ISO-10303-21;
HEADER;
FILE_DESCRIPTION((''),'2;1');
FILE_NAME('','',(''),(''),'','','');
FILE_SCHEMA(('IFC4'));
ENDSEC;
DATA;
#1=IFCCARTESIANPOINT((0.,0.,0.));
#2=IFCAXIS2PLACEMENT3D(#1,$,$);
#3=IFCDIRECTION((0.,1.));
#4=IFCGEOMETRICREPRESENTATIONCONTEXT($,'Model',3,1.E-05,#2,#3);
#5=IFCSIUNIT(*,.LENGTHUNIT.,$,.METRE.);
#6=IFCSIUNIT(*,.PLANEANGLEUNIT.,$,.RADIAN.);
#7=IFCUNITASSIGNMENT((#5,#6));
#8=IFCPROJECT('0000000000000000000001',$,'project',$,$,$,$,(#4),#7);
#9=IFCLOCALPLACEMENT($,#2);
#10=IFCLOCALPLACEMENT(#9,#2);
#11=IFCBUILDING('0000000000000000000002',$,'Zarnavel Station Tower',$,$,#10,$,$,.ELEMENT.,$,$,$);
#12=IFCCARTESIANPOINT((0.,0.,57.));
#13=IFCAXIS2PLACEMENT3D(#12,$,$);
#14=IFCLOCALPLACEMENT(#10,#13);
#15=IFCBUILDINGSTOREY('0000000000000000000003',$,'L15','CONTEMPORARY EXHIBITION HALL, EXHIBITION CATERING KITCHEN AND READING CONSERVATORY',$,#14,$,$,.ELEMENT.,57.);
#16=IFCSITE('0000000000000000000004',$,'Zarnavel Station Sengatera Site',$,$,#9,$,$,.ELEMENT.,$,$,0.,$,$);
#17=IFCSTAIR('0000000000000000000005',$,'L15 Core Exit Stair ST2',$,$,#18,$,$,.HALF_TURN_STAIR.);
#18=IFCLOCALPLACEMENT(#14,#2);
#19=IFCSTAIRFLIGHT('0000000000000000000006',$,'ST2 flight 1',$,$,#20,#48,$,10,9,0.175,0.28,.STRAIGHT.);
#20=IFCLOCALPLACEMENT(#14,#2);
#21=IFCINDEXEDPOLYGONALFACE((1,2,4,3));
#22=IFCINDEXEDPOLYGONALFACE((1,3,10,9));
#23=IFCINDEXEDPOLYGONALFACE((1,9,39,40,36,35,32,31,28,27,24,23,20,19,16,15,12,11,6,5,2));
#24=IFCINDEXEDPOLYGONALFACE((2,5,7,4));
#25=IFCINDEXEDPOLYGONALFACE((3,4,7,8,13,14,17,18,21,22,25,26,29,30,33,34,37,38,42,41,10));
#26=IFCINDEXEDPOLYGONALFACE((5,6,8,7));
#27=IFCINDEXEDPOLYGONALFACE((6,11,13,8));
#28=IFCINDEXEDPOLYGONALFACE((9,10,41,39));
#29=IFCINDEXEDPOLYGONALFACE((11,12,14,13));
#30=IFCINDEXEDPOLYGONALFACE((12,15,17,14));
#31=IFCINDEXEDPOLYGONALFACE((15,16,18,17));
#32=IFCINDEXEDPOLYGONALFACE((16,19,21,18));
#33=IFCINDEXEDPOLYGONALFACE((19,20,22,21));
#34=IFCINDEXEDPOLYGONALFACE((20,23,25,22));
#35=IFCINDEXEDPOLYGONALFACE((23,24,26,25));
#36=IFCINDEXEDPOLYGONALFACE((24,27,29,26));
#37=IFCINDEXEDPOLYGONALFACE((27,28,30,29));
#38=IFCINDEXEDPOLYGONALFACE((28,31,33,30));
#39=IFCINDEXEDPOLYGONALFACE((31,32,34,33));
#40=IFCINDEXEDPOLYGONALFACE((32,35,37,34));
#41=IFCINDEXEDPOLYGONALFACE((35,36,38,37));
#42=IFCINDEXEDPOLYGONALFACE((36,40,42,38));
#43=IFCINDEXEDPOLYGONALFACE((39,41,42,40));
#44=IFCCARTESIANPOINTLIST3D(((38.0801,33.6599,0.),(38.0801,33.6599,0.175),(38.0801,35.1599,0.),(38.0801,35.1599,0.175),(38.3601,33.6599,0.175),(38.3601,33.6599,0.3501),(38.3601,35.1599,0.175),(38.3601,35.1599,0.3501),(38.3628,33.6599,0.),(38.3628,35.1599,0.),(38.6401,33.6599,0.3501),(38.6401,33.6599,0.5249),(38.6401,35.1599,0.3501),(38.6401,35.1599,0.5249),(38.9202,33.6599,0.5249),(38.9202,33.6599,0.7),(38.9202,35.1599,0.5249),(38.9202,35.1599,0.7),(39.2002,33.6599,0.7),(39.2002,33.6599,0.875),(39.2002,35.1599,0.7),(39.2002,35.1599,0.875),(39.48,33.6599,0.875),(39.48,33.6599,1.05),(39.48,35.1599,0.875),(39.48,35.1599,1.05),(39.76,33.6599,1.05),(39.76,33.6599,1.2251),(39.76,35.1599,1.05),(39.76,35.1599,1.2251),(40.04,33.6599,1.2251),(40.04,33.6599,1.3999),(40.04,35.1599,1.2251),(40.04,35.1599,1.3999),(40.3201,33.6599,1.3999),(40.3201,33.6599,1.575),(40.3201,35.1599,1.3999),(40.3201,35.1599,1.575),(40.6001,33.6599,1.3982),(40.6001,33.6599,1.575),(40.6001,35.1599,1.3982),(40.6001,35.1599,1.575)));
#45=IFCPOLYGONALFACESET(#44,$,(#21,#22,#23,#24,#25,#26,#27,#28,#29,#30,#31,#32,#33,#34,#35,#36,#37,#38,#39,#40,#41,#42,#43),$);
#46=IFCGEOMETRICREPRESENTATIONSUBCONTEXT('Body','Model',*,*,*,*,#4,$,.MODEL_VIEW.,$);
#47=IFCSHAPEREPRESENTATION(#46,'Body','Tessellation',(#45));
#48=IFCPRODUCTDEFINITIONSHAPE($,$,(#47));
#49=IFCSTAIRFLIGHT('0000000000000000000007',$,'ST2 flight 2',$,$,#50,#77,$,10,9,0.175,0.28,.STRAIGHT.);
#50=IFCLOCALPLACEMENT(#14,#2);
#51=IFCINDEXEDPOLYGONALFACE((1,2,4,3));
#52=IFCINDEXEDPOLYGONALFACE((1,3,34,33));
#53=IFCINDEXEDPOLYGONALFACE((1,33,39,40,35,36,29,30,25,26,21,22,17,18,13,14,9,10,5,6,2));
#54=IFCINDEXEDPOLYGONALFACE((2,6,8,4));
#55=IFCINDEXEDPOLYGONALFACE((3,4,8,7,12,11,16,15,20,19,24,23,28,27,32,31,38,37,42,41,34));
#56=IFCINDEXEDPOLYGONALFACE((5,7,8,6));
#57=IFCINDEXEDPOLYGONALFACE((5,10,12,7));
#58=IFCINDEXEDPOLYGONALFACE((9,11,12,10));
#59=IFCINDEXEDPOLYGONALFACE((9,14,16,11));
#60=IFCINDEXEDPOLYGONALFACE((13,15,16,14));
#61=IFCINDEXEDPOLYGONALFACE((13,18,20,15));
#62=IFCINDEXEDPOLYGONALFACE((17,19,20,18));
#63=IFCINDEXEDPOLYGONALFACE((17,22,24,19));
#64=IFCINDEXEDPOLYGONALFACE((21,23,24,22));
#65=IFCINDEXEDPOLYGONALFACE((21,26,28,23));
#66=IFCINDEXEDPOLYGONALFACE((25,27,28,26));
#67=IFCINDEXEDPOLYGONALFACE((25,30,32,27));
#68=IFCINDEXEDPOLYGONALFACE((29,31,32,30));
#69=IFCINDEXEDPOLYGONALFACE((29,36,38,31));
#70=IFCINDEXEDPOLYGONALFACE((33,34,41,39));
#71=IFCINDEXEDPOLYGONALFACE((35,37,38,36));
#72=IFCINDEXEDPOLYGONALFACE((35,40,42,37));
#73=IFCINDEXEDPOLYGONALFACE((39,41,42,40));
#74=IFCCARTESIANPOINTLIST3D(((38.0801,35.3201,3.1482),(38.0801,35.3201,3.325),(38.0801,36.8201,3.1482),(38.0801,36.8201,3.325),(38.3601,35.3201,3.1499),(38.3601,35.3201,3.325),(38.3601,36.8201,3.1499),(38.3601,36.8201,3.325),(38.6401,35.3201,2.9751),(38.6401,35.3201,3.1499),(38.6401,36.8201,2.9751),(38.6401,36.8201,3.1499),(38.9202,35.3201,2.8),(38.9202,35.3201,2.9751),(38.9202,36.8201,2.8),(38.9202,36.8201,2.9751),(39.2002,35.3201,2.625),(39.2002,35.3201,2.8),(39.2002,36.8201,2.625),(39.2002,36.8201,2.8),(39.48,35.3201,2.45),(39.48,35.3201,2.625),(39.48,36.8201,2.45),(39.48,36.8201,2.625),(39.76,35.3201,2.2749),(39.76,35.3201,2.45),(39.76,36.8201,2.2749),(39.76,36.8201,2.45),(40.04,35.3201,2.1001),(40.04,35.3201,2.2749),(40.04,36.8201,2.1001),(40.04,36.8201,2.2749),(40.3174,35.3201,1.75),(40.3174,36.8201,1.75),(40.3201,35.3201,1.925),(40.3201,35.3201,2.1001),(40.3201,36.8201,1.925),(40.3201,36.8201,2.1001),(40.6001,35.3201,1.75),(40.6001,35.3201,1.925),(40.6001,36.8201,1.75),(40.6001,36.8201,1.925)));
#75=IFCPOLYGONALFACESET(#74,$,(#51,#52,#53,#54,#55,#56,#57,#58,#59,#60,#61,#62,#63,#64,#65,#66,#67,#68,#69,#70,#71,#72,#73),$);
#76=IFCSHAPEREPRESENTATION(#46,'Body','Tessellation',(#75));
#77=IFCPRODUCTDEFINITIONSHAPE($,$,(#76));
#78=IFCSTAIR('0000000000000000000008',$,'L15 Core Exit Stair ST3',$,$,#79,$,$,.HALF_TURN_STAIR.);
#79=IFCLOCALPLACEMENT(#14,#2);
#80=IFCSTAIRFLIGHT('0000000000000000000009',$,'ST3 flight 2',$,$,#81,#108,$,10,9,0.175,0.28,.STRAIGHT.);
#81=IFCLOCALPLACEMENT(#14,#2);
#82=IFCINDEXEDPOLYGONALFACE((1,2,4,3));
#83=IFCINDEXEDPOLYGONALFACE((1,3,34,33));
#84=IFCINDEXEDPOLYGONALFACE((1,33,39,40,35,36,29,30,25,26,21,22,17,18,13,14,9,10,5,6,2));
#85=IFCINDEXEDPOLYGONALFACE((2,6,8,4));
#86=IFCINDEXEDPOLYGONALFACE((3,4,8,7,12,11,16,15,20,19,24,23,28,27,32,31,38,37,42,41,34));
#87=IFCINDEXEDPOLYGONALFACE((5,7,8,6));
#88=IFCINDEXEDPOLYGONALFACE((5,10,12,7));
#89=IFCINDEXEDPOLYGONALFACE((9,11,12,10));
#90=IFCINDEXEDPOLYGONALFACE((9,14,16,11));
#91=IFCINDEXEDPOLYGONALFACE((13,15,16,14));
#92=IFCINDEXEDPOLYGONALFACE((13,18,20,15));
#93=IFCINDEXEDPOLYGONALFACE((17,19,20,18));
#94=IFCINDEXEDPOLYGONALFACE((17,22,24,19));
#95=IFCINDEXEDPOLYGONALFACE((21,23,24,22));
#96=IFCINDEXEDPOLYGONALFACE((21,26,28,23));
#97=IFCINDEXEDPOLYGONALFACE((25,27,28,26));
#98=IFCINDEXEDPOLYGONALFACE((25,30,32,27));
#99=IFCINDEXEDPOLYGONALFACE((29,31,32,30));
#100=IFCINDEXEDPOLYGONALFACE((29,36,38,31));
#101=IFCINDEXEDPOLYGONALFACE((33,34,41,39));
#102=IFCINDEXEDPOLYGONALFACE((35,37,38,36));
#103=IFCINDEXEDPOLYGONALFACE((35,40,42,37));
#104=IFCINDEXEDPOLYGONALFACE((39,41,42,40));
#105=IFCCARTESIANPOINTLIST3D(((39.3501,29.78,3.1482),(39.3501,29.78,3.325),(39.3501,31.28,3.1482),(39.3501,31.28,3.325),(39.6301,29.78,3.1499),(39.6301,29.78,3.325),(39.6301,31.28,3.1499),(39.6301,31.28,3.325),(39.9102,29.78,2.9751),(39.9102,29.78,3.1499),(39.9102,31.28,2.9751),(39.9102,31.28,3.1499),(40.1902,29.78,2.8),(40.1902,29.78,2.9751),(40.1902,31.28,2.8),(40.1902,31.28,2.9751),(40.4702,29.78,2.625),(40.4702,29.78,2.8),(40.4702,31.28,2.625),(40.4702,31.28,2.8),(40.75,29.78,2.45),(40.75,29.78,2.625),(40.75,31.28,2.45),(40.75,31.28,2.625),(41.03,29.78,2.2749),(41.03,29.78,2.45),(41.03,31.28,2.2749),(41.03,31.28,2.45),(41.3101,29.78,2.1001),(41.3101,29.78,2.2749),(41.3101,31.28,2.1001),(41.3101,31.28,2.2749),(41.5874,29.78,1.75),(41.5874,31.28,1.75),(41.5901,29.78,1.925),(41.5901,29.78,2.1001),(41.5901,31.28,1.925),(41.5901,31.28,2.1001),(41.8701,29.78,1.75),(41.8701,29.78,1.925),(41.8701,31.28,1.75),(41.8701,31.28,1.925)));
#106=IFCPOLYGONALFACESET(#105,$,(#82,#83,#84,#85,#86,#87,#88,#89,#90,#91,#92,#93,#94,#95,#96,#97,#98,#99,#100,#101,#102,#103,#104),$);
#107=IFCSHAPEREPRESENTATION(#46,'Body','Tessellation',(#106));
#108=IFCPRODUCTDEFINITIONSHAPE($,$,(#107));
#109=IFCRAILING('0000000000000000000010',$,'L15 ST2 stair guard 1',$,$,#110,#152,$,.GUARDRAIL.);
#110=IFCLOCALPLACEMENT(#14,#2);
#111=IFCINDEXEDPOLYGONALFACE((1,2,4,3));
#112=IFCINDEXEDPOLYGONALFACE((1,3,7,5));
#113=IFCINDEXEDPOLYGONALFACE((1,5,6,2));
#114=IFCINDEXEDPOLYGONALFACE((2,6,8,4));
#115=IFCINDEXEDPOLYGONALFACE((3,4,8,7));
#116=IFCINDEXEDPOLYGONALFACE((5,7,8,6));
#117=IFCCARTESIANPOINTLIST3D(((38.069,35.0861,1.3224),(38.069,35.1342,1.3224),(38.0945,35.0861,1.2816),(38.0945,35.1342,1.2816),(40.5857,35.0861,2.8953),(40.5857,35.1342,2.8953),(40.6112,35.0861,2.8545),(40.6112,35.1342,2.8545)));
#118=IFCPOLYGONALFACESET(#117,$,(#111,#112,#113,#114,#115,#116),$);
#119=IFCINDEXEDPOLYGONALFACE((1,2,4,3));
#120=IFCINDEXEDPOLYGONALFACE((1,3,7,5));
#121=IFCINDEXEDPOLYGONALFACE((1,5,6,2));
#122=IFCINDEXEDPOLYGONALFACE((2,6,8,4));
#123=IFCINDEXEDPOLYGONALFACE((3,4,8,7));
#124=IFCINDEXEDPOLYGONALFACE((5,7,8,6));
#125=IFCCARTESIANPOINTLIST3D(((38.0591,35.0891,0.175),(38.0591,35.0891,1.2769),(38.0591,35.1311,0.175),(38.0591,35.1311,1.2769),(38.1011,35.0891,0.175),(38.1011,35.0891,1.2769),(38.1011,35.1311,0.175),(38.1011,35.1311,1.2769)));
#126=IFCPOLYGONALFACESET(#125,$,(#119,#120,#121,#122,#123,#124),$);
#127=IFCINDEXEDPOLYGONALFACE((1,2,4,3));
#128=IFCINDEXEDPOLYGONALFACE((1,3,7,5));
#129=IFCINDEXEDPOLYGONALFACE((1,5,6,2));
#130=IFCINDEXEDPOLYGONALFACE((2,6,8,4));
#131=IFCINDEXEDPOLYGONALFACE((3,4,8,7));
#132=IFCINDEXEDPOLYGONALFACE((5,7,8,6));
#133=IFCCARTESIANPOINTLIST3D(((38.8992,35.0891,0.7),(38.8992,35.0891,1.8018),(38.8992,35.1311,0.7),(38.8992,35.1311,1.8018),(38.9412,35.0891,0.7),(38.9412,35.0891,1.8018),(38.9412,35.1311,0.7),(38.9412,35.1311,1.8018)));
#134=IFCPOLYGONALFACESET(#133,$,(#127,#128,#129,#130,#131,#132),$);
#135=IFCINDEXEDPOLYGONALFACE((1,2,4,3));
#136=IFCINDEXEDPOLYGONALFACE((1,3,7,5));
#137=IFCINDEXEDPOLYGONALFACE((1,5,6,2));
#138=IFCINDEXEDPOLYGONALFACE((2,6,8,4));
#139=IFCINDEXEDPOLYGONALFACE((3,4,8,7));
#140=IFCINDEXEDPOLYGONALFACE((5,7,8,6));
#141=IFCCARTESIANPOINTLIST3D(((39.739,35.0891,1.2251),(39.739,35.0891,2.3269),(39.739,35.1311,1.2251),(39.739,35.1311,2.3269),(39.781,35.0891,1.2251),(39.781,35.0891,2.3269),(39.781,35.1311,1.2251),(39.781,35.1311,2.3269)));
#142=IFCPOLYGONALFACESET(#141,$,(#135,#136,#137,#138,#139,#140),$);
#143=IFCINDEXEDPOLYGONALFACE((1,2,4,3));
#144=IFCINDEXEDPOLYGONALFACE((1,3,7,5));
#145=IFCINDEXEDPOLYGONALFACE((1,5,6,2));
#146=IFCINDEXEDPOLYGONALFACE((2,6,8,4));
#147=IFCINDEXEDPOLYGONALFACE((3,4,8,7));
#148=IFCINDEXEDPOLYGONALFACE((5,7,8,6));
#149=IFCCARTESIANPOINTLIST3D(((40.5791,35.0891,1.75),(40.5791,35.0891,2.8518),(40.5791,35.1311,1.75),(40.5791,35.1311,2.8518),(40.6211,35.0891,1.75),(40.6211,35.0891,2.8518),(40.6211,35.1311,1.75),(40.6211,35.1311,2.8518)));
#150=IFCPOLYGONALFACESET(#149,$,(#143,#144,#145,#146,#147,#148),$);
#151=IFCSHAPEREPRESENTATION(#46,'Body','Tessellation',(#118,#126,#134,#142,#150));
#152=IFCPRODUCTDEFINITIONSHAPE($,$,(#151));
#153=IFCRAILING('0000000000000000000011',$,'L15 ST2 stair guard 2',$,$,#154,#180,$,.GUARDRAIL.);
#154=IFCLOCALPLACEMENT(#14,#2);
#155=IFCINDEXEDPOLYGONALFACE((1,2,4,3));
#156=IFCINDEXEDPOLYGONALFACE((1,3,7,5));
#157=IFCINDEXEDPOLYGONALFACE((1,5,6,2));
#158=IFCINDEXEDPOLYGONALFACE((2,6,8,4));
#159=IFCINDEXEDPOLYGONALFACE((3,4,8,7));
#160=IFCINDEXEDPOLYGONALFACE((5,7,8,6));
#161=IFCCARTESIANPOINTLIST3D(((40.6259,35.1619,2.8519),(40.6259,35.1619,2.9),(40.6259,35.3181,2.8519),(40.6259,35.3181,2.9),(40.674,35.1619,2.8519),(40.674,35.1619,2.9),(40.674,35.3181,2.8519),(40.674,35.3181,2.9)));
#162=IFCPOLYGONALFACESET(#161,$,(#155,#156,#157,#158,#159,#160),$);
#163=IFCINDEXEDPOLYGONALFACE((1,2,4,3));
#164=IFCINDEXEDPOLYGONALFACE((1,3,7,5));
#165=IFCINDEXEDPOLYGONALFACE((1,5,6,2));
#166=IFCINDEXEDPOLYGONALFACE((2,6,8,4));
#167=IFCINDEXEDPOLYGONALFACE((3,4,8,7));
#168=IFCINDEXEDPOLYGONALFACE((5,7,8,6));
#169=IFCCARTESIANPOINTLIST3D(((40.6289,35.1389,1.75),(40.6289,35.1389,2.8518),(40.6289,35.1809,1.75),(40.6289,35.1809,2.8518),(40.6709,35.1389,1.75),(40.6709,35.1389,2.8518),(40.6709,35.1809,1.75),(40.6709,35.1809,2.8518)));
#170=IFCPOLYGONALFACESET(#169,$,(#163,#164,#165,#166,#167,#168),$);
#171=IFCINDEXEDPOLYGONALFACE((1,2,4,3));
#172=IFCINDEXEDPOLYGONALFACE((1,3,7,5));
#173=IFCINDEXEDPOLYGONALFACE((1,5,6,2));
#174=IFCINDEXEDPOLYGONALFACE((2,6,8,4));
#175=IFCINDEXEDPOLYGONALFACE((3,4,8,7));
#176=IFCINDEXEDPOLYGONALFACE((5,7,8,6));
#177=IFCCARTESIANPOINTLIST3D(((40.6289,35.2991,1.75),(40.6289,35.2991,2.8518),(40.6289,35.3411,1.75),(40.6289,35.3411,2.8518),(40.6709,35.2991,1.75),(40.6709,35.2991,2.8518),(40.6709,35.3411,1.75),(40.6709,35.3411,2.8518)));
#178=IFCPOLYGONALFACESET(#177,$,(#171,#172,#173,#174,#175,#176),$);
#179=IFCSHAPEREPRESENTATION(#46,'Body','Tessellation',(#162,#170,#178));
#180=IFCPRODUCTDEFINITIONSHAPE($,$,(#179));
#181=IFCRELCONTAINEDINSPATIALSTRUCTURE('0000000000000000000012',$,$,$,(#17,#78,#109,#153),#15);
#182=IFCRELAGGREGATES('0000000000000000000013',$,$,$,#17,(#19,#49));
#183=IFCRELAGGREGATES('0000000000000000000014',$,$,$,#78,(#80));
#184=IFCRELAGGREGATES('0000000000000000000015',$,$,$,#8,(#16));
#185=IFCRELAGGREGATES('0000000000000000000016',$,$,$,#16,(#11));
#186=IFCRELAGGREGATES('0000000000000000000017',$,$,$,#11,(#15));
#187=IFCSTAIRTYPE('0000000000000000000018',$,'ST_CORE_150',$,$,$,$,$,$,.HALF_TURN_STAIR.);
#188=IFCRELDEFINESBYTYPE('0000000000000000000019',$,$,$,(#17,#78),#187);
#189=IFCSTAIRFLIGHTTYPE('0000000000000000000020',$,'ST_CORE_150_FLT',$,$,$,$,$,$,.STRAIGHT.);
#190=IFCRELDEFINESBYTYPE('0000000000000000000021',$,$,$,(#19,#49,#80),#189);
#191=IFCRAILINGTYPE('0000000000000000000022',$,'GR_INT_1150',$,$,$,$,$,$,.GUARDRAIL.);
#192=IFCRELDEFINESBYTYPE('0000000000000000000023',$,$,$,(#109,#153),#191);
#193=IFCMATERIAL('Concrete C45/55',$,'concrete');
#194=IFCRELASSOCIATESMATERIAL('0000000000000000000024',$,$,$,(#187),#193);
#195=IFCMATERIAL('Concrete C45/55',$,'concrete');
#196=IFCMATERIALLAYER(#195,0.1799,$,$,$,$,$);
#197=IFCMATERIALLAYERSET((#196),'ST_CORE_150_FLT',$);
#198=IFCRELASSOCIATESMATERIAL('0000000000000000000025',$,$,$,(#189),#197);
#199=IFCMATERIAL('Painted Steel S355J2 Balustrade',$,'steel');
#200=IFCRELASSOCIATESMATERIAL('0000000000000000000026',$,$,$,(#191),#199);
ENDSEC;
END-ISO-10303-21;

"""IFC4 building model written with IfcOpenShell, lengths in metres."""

from ifc_helpers import new_model, si_unit, direction, frame, origin, origin_2d, place, context, subcontext, project, spatial, polyline, rectangle, outline, extrude, material, layer, layer_set, type_object, element, aggregate, save


model = new_model("IFC4")

# Units and contexts
model_context = context("Model", 3, precision=1e-05, world=origin(), true_north=direction((0.0, 1.0)))
body_context = subcontext(model_context, "Body", "Model", "MODEL_VIEW")
ifc_project = project(units=[si_unit("LENGTHUNIT", "METRE"), si_unit("PLANEANGLEUNIT", "RADIAN")], contexts=[model_context])

# Site, building, storey
site_placement = place(None, origin())
site = spatial("IfcSite", under=ifc_project, at=site_placement, Name="Zarnavel Station Sengatera Site", CompositionType="ELEMENT", RefElevation=0.0)
building_placement = place(site_placement, origin())
building = spatial("IfcBuilding", under=site, at=building_placement, Name="Zarnavel Station Tower", CompositionType="ELEMENT")
storey_placement = place(building_placement, frame((0.0, 0.0, 57.0)))
storey = spatial("IfcBuildingStorey", under=building, at=storey_placement, Name="L15", Description="CONTEMPORARY EXHIBITION HALL, EXHIBITION CATERING KITCHEN AND READING CONSERVATORY", CompositionType="ELEMENT", Elevation=57.0)

# Stair, stair flights
ifc_material_1 = material(Name="Concrete C45/55", Category="concrete")
stair_type = type_object("IfcStairType", Name="ST_CORE_150", PredefinedType="HALF_TURN_STAIR", material=ifc_material_1)
stair_1_placement = place(storey_placement, origin())
stair_1 = element("IfcStair", 1, at=stair_1_placement, inside=storey, type_object=stair_type, Name="L15 Core Exit Stair ST2", PredefinedType="HALF_TURN_STAIR")
ifc_material_2 = material(Name="Concrete C45/55", Category="concrete")
ifc_layer_1 = layer(ifc_material_2, 0.1799)
ifc_layer_set_1 = layer_set([ifc_layer_1], Name="ST_CORE_150_FLT")
stair_flight_type = type_object("IfcStairFlightType", Name="ST_CORE_150_FLT", PredefinedType="STRAIGHT", material=ifc_layer_set_1)
stair_flight_1_placement = place(storey_placement, frame((38.0801, 34.4099, 0.0), z_axis=(0.0, 0.0, 1.0), x_axis=(1.0, 0.0, 0.0)))
stair_flight_1 = element("IfcStairFlight", 2, at=stair_flight_1_placement, type_object=stair_flight_type, Name="ST2 flight 1", NumberOfRisers=10, NumberOfTreads=9, PredefinedType="STRAIGHT", RiserHeight=0.175, TreadLength=0.28, context=body_context, shape_type="SweptSolid", body=[
    extrude(outline(polyline([(0.0, 0.0), (0.0, 0.175), (0.28, 0.175), (0.28, 0.3501), (0.5601, 0.3501), (0.5601, 0.5249), (0.8401, 0.5249), (0.8401, 0.7), (1.1201, 0.7), (1.1201, 0.875), (1.3999, 0.875), (1.3999, 1.05), (1.6799, 1.05), (1.6799, 1.2251), (1.96, 1.2251), (1.96, 1.3999), (2.24, 1.3999), (2.24, 1.575), (2.52, 1.575), (2.52, 1.75), (2.52, 1.3982), (0.2827, 0.0), (0.0, 0.0)])), frame((0.0, 0.75, 0.0), z_axis=(0.0, -1.0, 0.0), x_axis=(1.0, 0.0, 0.0)), (0.0, 0.0, 1.0), 1.5),
])
stair_flight_2_placement = place(storey_placement, frame((40.6001, 36.0701, 1.75), z_axis=(0.0, 0.0, 1.0), x_axis=(-1.0, 0.0, 0.0)))
stair_flight_2 = element("IfcStairFlight", 3, at=stair_flight_2_placement, type_object=stair_flight_type, Name="ST2 flight 2", NumberOfRisers=10, NumberOfTreads=9, PredefinedType="STRAIGHT", RiserHeight=0.175, TreadLength=0.28, context=body_context, shape_type="SweptSolid", body=[
    extrude(outline(polyline([(0.0, 0.0), (0.0, 0.175), (0.28, 0.175), (0.28, 0.3501), (0.5601, 0.3501), (0.5601, 0.5249), (0.8401, 0.5249), (0.8401, 0.7), (1.1201, 0.7), (1.1201, 0.875), (1.3999, 0.875), (1.3999, 1.05), (1.6799, 1.05), (1.6799, 1.2251), (1.96, 1.2251), (1.96, 1.3999), (2.24, 1.3999), (2.24, 1.575), (2.52, 1.575), (2.52, 1.75), (2.52, 1.3982), (0.2827, 0.0), (0.0, 0.0)])), frame((0.0, 0.75, 0.0), z_axis=(0.0, -1.0, 0.0), x_axis=(1.0, 0.0, 0.0)), (0.0, 0.0, 1.0), 1.5),
])
aggregate(stair_1, [stair_flight_1, stair_flight_2])

# Stair, stair flight
stair_2_placement = place(storey_placement, origin())
stair_2 = element("IfcStair", 4, at=stair_2_placement, inside=storey, type_object=stair_type, Name="L15 Core Exit Stair ST3", PredefinedType="HALF_TURN_STAIR")
stair_flight_3_placement = place(storey_placement, frame((41.8701, 30.53, 1.75), z_axis=(0.0, 0.0, 1.0), x_axis=(-1.0, 0.0, 0.0)))
stair_flight_3 = element("IfcStairFlight", 5, at=stair_flight_3_placement, type_object=stair_flight_type, Name="ST3 flight 2", NumberOfRisers=10, NumberOfTreads=9, PredefinedType="STRAIGHT", RiserHeight=0.175, TreadLength=0.28, context=body_context, shape_type="SweptSolid", body=[
    extrude(outline(polyline([(0.0, 0.0), (0.0, 0.175), (0.28, 0.175), (0.28, 0.3501), (0.5601, 0.3501), (0.5601, 0.5249), (0.8401, 0.5249), (0.8401, 0.7), (1.1201, 0.7), (1.1201, 0.875), (1.3999, 0.875), (1.3999, 1.05), (1.6799, 1.05), (1.6799, 1.2251), (1.96, 1.2251), (1.96, 1.3999), (2.24, 1.3999), (2.24, 1.575), (2.52, 1.575), (2.52, 1.75), (2.52, 1.3982), (0.2827, 0.0), (0.0, 0.0)])), frame((0.0, 0.75, 0.0), z_axis=(0.0, -1.0, 0.0), x_axis=(1.0, 0.0, 0.0)), (0.0, 0.0, 1.0), 1.5),
])
aggregate(stair_2, [stair_flight_3])

# Railings
ifc_material_3 = material(Name="Painted Steel S355J2 Balustrade", Category="steel")
railing_type_1 = type_object("IfcRailingType", Name="GR_INT_1150", PredefinedType="GUARDRAIL", material=ifc_material_3)
railing_1_placement = place(storey_placement, frame((38.0801, 35.1101, 0.175)))
element("IfcRailing", 6, at=railing_1_placement, inside=storey, type_object=railing_type_1, Name="L15 ST2 stair guard 1", PredefinedType="GUARDRAIL", context=body_context, shape_type="SweptSolid", body=[
    extrude(rectangle(XDim=0.0481, YDim=0.0481, at=origin_2d()), frame((0.0017, 0.0, 1.127), z_axis=(0.848008, 0.0, 0.529984), x_axis=(0.0, 1.0, 0.0)), (0.0, 0.0, 1.0), 2.9678),
    extrude(rectangle(XDim=0.042, YDim=0.042, at=origin_2d()), origin(), (0.0, 0.0, 1.0), 1.1018),
    extrude(rectangle(XDim=0.042, YDim=0.042, at=origin_2d()), frame((0.8401, 0.0, 0.5249)), (0.0, 0.0, 1.0), 1.1018),
    extrude(rectangle(XDim=0.042, YDim=0.042, at=origin_2d()), frame((1.6799, 0.0, 1.05)), (0.0, 0.0, 1.0), 1.1018),
    extrude(rectangle(XDim=0.042, YDim=0.042, at=origin_2d()), frame((2.52, 0.0, 1.575)), (0.0, 0.0, 1.0), 1.1018),
])
railing_2_placement = place(storey_placement, frame((40.6499, 35.1599, 1.75)))
element("IfcRailing", 7, at=railing_2_placement, inside=storey, type_object=railing_type_1, Name="L15 ST2 stair guard 2", PredefinedType="GUARDRAIL", context=body_context, shape_type="SweptSolid", body=[
    extrude(rectangle(XDim=0.0481, YDim=0.0481, at=origin_2d()), frame((0.0, 0.002, 1.126), z_axis=(0.0, 1.0, 0.0), x_axis=(-1.0, 0.0, 0.0)), (0.0, 0.0, 1.0), 0.1562),
    extrude(rectangle(XDim=0.042, YDim=0.042, at=origin_2d()), origin(), (0.0, 0.0, 1.0), 1.1018),
    extrude(rectangle(XDim=0.042, YDim=0.042, at=origin_2d()), frame((0.0, 0.1602, 0.0)), (0.0, 0.0, 1.0), 1.1018),
])

save(model, "model.ifc")
